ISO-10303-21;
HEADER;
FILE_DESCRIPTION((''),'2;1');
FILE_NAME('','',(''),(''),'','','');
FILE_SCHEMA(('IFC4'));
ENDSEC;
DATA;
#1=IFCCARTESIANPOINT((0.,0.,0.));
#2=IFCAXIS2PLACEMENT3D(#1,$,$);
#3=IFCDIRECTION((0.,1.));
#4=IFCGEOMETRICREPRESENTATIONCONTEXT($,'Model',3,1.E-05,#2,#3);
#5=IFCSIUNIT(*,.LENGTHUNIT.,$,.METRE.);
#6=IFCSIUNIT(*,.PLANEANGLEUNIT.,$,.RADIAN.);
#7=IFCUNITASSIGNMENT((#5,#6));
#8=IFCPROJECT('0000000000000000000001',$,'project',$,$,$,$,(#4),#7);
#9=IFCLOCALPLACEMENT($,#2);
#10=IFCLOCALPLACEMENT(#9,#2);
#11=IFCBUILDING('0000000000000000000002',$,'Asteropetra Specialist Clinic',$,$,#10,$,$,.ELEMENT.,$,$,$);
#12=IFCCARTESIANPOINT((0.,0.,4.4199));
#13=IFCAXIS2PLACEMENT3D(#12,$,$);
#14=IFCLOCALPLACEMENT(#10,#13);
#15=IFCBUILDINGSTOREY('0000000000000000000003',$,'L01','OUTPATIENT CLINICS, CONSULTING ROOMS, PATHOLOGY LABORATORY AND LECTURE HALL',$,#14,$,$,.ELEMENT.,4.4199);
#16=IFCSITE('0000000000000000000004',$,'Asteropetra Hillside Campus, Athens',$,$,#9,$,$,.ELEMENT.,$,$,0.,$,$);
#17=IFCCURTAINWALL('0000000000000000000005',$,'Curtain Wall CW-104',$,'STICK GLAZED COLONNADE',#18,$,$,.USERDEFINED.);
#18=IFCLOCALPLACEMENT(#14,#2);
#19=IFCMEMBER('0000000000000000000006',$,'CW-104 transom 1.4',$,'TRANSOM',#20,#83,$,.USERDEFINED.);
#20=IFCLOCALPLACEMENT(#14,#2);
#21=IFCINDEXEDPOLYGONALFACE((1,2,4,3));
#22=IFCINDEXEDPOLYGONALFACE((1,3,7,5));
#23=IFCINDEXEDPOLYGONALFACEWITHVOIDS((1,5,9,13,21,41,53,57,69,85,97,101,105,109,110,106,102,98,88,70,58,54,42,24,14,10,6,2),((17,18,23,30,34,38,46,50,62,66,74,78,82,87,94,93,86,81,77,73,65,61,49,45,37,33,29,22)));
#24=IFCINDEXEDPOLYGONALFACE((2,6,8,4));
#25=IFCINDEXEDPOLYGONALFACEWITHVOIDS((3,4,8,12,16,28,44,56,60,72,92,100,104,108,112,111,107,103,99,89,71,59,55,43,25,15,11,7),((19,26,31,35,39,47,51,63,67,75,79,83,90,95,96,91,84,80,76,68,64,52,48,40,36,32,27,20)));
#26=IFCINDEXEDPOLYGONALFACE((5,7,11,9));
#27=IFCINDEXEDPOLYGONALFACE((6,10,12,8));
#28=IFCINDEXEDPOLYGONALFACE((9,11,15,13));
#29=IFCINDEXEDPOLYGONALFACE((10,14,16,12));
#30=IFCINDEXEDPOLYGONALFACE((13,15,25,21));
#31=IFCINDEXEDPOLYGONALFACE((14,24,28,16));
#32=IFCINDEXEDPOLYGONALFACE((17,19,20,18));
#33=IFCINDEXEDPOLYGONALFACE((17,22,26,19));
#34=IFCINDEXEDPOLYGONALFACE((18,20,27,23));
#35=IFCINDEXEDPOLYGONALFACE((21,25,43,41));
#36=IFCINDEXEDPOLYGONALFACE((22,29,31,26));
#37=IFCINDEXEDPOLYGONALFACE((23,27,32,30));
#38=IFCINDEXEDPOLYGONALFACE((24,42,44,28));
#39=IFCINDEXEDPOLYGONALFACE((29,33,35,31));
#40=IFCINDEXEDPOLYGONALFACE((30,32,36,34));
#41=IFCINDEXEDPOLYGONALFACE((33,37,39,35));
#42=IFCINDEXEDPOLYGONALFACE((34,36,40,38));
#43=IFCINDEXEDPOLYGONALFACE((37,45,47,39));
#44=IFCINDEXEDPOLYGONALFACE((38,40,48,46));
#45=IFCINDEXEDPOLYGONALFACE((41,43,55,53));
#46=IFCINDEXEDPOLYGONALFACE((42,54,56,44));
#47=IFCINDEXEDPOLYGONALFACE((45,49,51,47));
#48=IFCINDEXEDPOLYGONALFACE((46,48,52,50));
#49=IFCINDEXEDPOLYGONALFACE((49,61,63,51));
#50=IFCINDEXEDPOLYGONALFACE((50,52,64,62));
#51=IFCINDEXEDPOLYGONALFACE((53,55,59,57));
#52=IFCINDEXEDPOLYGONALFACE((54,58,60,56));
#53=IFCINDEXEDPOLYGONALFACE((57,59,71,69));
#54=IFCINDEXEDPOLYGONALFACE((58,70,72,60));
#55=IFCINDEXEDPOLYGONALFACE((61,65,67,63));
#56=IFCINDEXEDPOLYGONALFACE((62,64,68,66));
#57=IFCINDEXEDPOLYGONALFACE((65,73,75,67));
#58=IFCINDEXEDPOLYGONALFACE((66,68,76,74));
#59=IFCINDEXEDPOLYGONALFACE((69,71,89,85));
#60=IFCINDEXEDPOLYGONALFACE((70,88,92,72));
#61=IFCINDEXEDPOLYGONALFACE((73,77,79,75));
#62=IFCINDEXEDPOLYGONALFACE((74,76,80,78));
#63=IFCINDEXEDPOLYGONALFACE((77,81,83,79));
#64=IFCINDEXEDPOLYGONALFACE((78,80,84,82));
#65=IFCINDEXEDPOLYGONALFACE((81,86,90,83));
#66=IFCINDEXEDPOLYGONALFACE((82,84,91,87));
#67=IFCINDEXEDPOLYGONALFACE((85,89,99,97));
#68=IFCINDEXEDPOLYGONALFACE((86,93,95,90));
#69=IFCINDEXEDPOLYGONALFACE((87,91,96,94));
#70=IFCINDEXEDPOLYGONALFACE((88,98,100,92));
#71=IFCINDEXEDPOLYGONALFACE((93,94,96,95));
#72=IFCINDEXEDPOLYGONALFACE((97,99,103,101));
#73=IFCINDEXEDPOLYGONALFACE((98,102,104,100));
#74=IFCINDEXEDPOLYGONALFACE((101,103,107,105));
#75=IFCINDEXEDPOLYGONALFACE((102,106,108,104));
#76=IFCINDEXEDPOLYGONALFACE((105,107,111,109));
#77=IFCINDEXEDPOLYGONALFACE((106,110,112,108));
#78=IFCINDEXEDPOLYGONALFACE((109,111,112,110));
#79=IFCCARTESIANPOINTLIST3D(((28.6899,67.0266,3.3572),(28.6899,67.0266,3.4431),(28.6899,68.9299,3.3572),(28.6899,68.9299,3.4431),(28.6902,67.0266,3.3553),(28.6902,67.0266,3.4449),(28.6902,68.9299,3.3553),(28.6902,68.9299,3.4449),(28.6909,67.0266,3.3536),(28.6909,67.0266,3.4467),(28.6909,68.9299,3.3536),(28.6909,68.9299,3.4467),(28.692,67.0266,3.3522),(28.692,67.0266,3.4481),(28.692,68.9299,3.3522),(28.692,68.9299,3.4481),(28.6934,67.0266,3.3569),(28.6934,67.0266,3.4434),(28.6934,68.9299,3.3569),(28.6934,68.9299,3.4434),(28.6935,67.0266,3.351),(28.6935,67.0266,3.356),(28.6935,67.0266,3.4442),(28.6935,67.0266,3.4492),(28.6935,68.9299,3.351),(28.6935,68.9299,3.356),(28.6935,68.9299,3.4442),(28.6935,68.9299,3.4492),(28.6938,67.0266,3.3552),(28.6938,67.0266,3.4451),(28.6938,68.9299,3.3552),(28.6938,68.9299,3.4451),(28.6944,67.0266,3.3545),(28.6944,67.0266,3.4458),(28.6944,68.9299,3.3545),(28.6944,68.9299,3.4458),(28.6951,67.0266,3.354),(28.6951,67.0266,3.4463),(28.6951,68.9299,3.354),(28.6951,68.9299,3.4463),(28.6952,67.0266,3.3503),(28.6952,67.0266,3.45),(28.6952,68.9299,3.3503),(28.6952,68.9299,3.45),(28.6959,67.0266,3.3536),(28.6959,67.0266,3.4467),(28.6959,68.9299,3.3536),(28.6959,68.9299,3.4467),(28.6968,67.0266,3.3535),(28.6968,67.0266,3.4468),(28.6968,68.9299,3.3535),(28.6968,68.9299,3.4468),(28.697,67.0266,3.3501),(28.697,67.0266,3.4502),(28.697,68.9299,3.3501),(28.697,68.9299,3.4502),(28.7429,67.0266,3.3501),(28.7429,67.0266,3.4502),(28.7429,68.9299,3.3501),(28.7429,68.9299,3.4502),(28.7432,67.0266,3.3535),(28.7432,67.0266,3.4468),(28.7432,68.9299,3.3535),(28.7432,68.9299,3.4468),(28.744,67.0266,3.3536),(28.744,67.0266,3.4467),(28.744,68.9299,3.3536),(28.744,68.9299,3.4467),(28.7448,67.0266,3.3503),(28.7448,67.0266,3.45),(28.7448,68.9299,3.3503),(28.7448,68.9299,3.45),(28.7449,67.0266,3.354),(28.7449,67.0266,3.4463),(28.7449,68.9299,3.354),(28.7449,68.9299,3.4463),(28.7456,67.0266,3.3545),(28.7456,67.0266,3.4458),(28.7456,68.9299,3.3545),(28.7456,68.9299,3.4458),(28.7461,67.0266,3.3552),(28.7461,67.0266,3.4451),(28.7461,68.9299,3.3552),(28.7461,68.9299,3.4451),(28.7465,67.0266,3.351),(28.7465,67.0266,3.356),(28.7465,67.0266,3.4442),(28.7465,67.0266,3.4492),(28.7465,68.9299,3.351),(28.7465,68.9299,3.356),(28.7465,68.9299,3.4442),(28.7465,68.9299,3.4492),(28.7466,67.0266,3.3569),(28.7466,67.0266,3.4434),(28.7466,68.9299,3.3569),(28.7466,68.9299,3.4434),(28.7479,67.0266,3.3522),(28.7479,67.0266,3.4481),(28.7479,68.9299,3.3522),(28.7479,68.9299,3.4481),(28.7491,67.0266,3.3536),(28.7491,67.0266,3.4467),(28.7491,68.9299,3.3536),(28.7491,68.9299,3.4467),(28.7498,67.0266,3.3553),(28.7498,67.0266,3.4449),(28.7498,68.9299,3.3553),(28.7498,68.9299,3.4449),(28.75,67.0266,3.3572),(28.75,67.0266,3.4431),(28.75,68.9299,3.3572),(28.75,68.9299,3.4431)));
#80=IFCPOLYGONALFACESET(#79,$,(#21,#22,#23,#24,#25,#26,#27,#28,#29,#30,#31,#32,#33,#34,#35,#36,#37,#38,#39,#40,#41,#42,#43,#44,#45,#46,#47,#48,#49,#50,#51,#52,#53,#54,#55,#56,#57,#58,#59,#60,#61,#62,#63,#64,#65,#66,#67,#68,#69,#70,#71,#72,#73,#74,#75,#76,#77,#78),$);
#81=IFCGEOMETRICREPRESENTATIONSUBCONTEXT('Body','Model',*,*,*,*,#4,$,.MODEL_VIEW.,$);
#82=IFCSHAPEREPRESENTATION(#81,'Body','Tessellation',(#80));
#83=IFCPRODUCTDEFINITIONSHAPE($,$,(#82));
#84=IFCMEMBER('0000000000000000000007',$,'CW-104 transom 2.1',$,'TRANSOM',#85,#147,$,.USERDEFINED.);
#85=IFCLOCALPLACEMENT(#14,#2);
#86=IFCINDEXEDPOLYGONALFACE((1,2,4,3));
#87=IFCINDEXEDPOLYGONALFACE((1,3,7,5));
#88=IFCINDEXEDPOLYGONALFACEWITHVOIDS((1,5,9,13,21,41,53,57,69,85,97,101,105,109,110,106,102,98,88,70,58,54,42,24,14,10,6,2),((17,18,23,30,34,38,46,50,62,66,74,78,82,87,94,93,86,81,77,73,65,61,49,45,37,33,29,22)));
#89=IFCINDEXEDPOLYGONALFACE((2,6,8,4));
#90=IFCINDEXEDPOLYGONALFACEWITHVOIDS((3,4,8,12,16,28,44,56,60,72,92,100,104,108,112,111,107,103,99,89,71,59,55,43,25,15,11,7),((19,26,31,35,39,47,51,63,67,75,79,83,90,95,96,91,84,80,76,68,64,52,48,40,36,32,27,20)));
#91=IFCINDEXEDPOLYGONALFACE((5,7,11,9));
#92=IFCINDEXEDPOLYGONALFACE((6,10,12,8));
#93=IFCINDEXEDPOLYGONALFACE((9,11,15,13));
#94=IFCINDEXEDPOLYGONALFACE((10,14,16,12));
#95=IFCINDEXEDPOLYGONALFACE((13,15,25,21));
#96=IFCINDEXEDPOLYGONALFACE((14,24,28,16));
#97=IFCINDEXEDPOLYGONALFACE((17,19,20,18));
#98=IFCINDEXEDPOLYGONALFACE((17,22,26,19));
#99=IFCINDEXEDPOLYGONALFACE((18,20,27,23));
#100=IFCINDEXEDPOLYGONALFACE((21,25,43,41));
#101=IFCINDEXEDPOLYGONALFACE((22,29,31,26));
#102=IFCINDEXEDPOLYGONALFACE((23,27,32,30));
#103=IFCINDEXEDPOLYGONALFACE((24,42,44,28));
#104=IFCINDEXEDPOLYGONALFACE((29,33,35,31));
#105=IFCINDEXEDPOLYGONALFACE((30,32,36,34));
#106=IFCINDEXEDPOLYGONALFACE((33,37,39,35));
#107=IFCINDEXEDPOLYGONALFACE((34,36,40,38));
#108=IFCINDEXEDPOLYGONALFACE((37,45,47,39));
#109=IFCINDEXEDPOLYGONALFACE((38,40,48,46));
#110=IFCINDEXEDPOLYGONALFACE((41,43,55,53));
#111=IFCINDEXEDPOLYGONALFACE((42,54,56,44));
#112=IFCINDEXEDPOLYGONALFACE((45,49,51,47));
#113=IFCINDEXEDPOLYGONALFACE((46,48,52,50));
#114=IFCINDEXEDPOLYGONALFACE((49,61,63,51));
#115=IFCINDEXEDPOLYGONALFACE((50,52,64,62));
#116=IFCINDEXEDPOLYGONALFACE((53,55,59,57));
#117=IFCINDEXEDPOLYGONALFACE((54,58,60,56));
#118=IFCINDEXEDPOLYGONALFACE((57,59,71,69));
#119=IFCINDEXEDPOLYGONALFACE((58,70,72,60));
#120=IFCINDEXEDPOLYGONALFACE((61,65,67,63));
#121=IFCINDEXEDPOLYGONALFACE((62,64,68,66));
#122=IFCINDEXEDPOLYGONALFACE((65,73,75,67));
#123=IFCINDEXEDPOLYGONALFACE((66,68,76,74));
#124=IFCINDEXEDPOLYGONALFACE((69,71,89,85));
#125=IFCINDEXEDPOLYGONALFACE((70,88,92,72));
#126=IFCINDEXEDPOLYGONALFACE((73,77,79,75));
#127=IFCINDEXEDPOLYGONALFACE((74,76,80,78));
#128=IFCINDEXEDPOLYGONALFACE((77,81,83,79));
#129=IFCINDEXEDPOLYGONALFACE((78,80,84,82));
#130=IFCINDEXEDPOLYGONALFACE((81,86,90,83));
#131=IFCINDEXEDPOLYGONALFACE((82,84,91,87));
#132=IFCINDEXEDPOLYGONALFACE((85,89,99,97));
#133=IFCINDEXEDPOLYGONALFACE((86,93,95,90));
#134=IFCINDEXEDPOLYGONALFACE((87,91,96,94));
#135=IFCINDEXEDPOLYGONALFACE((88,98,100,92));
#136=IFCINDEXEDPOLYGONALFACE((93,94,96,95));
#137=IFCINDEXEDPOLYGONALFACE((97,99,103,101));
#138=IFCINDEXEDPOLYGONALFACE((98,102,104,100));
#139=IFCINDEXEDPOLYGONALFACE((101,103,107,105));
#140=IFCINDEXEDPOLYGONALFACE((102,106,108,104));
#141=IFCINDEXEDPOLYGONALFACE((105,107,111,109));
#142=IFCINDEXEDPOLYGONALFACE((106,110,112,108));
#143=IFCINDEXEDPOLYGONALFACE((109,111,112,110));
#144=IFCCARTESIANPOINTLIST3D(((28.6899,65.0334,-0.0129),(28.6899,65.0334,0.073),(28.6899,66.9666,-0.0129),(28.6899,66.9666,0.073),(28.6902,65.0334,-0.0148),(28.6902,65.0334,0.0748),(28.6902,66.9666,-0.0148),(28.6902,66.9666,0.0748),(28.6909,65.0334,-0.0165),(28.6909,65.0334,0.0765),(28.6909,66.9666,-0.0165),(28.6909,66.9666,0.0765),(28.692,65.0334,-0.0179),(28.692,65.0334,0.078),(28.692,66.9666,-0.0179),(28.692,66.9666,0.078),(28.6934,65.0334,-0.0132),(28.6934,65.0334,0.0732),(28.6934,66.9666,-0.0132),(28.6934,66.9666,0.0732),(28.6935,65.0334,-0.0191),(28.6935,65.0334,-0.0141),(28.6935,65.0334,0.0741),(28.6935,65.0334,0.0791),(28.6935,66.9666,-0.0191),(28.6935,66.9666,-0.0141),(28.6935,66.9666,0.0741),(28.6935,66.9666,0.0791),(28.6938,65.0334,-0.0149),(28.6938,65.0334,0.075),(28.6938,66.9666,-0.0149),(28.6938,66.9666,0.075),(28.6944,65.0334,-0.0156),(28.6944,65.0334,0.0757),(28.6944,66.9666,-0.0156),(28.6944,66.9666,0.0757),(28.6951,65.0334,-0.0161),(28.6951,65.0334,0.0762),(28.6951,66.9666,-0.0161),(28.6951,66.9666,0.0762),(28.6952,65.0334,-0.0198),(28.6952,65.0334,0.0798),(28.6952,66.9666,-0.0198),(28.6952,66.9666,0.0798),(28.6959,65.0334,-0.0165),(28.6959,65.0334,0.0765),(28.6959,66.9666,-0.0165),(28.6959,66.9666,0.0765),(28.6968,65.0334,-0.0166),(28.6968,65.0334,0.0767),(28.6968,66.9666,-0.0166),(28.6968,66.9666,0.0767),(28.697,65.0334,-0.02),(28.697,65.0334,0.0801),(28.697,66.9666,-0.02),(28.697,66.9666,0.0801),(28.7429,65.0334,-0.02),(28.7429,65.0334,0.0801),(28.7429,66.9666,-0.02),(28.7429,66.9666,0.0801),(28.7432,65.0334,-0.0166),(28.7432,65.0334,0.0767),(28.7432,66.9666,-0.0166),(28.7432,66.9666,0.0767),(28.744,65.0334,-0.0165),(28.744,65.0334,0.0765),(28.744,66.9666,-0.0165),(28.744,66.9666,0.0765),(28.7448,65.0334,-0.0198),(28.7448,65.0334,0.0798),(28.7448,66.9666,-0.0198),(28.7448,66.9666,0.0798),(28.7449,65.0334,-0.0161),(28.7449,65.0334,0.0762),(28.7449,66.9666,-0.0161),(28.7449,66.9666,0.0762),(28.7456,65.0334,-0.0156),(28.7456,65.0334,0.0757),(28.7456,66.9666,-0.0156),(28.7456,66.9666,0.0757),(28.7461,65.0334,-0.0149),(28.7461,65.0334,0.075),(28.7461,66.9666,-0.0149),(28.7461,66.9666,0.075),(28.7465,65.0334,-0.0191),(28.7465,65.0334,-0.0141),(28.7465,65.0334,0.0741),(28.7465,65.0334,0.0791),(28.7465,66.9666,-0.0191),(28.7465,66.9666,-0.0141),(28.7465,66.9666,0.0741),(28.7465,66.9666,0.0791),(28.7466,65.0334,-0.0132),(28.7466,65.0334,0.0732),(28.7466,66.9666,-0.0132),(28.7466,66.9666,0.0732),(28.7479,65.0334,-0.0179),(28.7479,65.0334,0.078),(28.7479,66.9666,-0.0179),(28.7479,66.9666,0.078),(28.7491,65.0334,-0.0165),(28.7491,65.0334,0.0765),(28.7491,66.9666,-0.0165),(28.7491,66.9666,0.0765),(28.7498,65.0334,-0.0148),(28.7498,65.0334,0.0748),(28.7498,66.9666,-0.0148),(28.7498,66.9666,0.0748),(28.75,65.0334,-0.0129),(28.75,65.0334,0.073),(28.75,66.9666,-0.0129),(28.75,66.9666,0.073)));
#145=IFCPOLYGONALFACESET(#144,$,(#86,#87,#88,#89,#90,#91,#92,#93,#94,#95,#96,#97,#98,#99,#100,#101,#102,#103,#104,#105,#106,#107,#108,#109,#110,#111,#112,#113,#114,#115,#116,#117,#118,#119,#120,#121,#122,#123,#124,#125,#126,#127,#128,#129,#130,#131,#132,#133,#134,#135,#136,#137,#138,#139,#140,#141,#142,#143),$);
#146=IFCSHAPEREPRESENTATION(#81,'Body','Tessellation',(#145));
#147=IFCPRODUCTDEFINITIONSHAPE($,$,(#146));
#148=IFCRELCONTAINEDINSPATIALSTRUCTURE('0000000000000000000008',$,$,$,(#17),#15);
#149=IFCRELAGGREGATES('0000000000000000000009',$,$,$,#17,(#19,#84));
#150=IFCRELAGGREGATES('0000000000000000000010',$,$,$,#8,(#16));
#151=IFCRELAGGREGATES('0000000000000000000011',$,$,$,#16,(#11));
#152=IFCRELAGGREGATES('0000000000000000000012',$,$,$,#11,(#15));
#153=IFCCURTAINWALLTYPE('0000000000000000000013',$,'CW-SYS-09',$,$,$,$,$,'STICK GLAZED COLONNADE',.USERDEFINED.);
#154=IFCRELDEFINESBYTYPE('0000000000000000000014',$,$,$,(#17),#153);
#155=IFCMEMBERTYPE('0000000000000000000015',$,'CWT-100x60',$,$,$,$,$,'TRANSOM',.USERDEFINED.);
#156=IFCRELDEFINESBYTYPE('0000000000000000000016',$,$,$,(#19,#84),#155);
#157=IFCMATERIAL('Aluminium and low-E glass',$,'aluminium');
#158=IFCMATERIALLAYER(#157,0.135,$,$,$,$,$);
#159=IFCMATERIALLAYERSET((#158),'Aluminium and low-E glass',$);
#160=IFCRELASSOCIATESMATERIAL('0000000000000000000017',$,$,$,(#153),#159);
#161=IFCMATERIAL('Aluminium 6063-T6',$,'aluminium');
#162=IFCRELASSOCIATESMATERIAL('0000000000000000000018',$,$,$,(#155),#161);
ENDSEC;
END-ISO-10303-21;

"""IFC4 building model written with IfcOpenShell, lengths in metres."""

from ifc_helpers import new_model, si_unit, direction, frame, origin, origin_2d, place, context, subcontext, project, spatial, hollow_rectangle, extrude, material, layer, layer_set, material_profile, profile_set, type_object, element, aggregate, save


model = new_model("IFC4")

# Units and contexts
model_context = context("Model", 3, precision=1e-05, world=origin(), true_north=direction((0.0, 1.0)))
body_context = subcontext(model_context, "Body", "Model", "MODEL_VIEW")
ifc_project = project(units=[si_unit("LENGTHUNIT", "METRE"), si_unit("PLANEANGLEUNIT", "RADIAN")], contexts=[model_context])

# Site, building, storey
site_placement = place(None, origin())
site = spatial("IfcSite", under=ifc_project, at=site_placement, Name="Asteropetra Hillside Campus, Athens", CompositionType="ELEMENT", RefElevation=0.0)
building_placement = place(site_placement, origin())
building = spatial("IfcBuilding", under=site, at=building_placement, Name="Asteropetra Specialist Clinic", CompositionType="ELEMENT")
storey_placement = place(building_placement, frame((0.0, 0.0, 4.4199)))
storey = spatial("IfcBuildingStorey", under=building, at=storey_placement, Name="L01", Description="OUTPATIENT CLINICS, CONSULTING ROOMS, PATHOLOGY LABORATORY AND LECTURE HALL", CompositionType="ELEMENT", Elevation=4.4199)

# Curtain wall, members
ifc_material_1 = material(Name="Aluminium and low-E glass", Category="aluminium")
ifc_layer_1 = layer(ifc_material_1, 0.135)
ifc_layer_set_1 = layer_set([ifc_layer_1], Name="Aluminium and low-E glass")
curtain_wall_type = type_object("IfcCurtainWallType", Name="CW-SYS-09", ElementType="STICK GLAZED COLONNADE", PredefinedType="USERDEFINED", material=ifc_layer_set_1)
curtain_wall_placement = place(storey_placement, origin())
curtain_wall = element("IfcCurtainWall", 1, at=curtain_wall_placement, inside=storey, type_object=curtain_wall_type, Name="Curtain Wall CW-104", ObjectType="STICK GLAZED COLONNADE", PredefinedType="USERDEFINED")
ifc_material_2 = material(Name="Aluminium 6063-T6", Category="aluminium")
ifc_material_profile_1 = material_profile(ifc_material_2, hollow_rectangle(XDim=0.0601, YDim=0.1001, WallThickness=0.0034, InnerFilletRadius=0.0034, OuterFilletRadius=0.0071, at=origin_2d()), Name="TRN 100x60x3.5")
ifc_profile_set_1 = profile_set([ifc_material_profile_1], Name="Aluminium 6063-T6")
member_type_1 = type_object("IfcMemberType", Name="CWT-100x60", ElementType="TRANSOM", PredefinedType="USERDEFINED", material=ifc_profile_set_1)
member_1_placement = place(storey_placement, frame((28.72, 68.9299, 3.4001), z_axis=(0.0, -1.0, 0.0), x_axis=(1.0, 0.0, 0.0)))
member_1 = element("IfcMember", 2, at=member_1_placement, type_object=member_type_1, Name="CW-104 transom 1.4", ObjectType="TRANSOM", PredefinedType="USERDEFINED", context=body_context, shape_type="SweptSolid", body=[
    extrude(hollow_rectangle(XDim=0.0601, YDim=0.1001, WallThickness=0.0034, InnerFilletRadius=0.0034, OuterFilletRadius=0.0071, at=origin_2d()), origin(), (0.0, 0.0, 1.0), 1.9033),
])
member_2_placement = place(storey_placement, frame((28.72, 66.9666, 0.03), z_axis=(0.0, -1.0, 0.0), x_axis=(1.0, 0.0, 0.0)))
member_2 = element("IfcMember", 3, at=member_2_placement, type_object=member_type_1, Name="CW-104 transom 2.1", ObjectType="TRANSOM", PredefinedType="USERDEFINED", context=body_context, shape_type="SweptSolid", body=[
    extrude(hollow_rectangle(XDim=0.0601, YDim=0.1001, WallThickness=0.0034, InnerFilletRadius=0.0034, OuterFilletRadius=0.0071, at=origin_2d()), origin(), (0.0, 0.0, 1.0), 1.9331),
])
aggregate(curtain_wall, [member_1, member_2])

save(model, "model.ifc")
